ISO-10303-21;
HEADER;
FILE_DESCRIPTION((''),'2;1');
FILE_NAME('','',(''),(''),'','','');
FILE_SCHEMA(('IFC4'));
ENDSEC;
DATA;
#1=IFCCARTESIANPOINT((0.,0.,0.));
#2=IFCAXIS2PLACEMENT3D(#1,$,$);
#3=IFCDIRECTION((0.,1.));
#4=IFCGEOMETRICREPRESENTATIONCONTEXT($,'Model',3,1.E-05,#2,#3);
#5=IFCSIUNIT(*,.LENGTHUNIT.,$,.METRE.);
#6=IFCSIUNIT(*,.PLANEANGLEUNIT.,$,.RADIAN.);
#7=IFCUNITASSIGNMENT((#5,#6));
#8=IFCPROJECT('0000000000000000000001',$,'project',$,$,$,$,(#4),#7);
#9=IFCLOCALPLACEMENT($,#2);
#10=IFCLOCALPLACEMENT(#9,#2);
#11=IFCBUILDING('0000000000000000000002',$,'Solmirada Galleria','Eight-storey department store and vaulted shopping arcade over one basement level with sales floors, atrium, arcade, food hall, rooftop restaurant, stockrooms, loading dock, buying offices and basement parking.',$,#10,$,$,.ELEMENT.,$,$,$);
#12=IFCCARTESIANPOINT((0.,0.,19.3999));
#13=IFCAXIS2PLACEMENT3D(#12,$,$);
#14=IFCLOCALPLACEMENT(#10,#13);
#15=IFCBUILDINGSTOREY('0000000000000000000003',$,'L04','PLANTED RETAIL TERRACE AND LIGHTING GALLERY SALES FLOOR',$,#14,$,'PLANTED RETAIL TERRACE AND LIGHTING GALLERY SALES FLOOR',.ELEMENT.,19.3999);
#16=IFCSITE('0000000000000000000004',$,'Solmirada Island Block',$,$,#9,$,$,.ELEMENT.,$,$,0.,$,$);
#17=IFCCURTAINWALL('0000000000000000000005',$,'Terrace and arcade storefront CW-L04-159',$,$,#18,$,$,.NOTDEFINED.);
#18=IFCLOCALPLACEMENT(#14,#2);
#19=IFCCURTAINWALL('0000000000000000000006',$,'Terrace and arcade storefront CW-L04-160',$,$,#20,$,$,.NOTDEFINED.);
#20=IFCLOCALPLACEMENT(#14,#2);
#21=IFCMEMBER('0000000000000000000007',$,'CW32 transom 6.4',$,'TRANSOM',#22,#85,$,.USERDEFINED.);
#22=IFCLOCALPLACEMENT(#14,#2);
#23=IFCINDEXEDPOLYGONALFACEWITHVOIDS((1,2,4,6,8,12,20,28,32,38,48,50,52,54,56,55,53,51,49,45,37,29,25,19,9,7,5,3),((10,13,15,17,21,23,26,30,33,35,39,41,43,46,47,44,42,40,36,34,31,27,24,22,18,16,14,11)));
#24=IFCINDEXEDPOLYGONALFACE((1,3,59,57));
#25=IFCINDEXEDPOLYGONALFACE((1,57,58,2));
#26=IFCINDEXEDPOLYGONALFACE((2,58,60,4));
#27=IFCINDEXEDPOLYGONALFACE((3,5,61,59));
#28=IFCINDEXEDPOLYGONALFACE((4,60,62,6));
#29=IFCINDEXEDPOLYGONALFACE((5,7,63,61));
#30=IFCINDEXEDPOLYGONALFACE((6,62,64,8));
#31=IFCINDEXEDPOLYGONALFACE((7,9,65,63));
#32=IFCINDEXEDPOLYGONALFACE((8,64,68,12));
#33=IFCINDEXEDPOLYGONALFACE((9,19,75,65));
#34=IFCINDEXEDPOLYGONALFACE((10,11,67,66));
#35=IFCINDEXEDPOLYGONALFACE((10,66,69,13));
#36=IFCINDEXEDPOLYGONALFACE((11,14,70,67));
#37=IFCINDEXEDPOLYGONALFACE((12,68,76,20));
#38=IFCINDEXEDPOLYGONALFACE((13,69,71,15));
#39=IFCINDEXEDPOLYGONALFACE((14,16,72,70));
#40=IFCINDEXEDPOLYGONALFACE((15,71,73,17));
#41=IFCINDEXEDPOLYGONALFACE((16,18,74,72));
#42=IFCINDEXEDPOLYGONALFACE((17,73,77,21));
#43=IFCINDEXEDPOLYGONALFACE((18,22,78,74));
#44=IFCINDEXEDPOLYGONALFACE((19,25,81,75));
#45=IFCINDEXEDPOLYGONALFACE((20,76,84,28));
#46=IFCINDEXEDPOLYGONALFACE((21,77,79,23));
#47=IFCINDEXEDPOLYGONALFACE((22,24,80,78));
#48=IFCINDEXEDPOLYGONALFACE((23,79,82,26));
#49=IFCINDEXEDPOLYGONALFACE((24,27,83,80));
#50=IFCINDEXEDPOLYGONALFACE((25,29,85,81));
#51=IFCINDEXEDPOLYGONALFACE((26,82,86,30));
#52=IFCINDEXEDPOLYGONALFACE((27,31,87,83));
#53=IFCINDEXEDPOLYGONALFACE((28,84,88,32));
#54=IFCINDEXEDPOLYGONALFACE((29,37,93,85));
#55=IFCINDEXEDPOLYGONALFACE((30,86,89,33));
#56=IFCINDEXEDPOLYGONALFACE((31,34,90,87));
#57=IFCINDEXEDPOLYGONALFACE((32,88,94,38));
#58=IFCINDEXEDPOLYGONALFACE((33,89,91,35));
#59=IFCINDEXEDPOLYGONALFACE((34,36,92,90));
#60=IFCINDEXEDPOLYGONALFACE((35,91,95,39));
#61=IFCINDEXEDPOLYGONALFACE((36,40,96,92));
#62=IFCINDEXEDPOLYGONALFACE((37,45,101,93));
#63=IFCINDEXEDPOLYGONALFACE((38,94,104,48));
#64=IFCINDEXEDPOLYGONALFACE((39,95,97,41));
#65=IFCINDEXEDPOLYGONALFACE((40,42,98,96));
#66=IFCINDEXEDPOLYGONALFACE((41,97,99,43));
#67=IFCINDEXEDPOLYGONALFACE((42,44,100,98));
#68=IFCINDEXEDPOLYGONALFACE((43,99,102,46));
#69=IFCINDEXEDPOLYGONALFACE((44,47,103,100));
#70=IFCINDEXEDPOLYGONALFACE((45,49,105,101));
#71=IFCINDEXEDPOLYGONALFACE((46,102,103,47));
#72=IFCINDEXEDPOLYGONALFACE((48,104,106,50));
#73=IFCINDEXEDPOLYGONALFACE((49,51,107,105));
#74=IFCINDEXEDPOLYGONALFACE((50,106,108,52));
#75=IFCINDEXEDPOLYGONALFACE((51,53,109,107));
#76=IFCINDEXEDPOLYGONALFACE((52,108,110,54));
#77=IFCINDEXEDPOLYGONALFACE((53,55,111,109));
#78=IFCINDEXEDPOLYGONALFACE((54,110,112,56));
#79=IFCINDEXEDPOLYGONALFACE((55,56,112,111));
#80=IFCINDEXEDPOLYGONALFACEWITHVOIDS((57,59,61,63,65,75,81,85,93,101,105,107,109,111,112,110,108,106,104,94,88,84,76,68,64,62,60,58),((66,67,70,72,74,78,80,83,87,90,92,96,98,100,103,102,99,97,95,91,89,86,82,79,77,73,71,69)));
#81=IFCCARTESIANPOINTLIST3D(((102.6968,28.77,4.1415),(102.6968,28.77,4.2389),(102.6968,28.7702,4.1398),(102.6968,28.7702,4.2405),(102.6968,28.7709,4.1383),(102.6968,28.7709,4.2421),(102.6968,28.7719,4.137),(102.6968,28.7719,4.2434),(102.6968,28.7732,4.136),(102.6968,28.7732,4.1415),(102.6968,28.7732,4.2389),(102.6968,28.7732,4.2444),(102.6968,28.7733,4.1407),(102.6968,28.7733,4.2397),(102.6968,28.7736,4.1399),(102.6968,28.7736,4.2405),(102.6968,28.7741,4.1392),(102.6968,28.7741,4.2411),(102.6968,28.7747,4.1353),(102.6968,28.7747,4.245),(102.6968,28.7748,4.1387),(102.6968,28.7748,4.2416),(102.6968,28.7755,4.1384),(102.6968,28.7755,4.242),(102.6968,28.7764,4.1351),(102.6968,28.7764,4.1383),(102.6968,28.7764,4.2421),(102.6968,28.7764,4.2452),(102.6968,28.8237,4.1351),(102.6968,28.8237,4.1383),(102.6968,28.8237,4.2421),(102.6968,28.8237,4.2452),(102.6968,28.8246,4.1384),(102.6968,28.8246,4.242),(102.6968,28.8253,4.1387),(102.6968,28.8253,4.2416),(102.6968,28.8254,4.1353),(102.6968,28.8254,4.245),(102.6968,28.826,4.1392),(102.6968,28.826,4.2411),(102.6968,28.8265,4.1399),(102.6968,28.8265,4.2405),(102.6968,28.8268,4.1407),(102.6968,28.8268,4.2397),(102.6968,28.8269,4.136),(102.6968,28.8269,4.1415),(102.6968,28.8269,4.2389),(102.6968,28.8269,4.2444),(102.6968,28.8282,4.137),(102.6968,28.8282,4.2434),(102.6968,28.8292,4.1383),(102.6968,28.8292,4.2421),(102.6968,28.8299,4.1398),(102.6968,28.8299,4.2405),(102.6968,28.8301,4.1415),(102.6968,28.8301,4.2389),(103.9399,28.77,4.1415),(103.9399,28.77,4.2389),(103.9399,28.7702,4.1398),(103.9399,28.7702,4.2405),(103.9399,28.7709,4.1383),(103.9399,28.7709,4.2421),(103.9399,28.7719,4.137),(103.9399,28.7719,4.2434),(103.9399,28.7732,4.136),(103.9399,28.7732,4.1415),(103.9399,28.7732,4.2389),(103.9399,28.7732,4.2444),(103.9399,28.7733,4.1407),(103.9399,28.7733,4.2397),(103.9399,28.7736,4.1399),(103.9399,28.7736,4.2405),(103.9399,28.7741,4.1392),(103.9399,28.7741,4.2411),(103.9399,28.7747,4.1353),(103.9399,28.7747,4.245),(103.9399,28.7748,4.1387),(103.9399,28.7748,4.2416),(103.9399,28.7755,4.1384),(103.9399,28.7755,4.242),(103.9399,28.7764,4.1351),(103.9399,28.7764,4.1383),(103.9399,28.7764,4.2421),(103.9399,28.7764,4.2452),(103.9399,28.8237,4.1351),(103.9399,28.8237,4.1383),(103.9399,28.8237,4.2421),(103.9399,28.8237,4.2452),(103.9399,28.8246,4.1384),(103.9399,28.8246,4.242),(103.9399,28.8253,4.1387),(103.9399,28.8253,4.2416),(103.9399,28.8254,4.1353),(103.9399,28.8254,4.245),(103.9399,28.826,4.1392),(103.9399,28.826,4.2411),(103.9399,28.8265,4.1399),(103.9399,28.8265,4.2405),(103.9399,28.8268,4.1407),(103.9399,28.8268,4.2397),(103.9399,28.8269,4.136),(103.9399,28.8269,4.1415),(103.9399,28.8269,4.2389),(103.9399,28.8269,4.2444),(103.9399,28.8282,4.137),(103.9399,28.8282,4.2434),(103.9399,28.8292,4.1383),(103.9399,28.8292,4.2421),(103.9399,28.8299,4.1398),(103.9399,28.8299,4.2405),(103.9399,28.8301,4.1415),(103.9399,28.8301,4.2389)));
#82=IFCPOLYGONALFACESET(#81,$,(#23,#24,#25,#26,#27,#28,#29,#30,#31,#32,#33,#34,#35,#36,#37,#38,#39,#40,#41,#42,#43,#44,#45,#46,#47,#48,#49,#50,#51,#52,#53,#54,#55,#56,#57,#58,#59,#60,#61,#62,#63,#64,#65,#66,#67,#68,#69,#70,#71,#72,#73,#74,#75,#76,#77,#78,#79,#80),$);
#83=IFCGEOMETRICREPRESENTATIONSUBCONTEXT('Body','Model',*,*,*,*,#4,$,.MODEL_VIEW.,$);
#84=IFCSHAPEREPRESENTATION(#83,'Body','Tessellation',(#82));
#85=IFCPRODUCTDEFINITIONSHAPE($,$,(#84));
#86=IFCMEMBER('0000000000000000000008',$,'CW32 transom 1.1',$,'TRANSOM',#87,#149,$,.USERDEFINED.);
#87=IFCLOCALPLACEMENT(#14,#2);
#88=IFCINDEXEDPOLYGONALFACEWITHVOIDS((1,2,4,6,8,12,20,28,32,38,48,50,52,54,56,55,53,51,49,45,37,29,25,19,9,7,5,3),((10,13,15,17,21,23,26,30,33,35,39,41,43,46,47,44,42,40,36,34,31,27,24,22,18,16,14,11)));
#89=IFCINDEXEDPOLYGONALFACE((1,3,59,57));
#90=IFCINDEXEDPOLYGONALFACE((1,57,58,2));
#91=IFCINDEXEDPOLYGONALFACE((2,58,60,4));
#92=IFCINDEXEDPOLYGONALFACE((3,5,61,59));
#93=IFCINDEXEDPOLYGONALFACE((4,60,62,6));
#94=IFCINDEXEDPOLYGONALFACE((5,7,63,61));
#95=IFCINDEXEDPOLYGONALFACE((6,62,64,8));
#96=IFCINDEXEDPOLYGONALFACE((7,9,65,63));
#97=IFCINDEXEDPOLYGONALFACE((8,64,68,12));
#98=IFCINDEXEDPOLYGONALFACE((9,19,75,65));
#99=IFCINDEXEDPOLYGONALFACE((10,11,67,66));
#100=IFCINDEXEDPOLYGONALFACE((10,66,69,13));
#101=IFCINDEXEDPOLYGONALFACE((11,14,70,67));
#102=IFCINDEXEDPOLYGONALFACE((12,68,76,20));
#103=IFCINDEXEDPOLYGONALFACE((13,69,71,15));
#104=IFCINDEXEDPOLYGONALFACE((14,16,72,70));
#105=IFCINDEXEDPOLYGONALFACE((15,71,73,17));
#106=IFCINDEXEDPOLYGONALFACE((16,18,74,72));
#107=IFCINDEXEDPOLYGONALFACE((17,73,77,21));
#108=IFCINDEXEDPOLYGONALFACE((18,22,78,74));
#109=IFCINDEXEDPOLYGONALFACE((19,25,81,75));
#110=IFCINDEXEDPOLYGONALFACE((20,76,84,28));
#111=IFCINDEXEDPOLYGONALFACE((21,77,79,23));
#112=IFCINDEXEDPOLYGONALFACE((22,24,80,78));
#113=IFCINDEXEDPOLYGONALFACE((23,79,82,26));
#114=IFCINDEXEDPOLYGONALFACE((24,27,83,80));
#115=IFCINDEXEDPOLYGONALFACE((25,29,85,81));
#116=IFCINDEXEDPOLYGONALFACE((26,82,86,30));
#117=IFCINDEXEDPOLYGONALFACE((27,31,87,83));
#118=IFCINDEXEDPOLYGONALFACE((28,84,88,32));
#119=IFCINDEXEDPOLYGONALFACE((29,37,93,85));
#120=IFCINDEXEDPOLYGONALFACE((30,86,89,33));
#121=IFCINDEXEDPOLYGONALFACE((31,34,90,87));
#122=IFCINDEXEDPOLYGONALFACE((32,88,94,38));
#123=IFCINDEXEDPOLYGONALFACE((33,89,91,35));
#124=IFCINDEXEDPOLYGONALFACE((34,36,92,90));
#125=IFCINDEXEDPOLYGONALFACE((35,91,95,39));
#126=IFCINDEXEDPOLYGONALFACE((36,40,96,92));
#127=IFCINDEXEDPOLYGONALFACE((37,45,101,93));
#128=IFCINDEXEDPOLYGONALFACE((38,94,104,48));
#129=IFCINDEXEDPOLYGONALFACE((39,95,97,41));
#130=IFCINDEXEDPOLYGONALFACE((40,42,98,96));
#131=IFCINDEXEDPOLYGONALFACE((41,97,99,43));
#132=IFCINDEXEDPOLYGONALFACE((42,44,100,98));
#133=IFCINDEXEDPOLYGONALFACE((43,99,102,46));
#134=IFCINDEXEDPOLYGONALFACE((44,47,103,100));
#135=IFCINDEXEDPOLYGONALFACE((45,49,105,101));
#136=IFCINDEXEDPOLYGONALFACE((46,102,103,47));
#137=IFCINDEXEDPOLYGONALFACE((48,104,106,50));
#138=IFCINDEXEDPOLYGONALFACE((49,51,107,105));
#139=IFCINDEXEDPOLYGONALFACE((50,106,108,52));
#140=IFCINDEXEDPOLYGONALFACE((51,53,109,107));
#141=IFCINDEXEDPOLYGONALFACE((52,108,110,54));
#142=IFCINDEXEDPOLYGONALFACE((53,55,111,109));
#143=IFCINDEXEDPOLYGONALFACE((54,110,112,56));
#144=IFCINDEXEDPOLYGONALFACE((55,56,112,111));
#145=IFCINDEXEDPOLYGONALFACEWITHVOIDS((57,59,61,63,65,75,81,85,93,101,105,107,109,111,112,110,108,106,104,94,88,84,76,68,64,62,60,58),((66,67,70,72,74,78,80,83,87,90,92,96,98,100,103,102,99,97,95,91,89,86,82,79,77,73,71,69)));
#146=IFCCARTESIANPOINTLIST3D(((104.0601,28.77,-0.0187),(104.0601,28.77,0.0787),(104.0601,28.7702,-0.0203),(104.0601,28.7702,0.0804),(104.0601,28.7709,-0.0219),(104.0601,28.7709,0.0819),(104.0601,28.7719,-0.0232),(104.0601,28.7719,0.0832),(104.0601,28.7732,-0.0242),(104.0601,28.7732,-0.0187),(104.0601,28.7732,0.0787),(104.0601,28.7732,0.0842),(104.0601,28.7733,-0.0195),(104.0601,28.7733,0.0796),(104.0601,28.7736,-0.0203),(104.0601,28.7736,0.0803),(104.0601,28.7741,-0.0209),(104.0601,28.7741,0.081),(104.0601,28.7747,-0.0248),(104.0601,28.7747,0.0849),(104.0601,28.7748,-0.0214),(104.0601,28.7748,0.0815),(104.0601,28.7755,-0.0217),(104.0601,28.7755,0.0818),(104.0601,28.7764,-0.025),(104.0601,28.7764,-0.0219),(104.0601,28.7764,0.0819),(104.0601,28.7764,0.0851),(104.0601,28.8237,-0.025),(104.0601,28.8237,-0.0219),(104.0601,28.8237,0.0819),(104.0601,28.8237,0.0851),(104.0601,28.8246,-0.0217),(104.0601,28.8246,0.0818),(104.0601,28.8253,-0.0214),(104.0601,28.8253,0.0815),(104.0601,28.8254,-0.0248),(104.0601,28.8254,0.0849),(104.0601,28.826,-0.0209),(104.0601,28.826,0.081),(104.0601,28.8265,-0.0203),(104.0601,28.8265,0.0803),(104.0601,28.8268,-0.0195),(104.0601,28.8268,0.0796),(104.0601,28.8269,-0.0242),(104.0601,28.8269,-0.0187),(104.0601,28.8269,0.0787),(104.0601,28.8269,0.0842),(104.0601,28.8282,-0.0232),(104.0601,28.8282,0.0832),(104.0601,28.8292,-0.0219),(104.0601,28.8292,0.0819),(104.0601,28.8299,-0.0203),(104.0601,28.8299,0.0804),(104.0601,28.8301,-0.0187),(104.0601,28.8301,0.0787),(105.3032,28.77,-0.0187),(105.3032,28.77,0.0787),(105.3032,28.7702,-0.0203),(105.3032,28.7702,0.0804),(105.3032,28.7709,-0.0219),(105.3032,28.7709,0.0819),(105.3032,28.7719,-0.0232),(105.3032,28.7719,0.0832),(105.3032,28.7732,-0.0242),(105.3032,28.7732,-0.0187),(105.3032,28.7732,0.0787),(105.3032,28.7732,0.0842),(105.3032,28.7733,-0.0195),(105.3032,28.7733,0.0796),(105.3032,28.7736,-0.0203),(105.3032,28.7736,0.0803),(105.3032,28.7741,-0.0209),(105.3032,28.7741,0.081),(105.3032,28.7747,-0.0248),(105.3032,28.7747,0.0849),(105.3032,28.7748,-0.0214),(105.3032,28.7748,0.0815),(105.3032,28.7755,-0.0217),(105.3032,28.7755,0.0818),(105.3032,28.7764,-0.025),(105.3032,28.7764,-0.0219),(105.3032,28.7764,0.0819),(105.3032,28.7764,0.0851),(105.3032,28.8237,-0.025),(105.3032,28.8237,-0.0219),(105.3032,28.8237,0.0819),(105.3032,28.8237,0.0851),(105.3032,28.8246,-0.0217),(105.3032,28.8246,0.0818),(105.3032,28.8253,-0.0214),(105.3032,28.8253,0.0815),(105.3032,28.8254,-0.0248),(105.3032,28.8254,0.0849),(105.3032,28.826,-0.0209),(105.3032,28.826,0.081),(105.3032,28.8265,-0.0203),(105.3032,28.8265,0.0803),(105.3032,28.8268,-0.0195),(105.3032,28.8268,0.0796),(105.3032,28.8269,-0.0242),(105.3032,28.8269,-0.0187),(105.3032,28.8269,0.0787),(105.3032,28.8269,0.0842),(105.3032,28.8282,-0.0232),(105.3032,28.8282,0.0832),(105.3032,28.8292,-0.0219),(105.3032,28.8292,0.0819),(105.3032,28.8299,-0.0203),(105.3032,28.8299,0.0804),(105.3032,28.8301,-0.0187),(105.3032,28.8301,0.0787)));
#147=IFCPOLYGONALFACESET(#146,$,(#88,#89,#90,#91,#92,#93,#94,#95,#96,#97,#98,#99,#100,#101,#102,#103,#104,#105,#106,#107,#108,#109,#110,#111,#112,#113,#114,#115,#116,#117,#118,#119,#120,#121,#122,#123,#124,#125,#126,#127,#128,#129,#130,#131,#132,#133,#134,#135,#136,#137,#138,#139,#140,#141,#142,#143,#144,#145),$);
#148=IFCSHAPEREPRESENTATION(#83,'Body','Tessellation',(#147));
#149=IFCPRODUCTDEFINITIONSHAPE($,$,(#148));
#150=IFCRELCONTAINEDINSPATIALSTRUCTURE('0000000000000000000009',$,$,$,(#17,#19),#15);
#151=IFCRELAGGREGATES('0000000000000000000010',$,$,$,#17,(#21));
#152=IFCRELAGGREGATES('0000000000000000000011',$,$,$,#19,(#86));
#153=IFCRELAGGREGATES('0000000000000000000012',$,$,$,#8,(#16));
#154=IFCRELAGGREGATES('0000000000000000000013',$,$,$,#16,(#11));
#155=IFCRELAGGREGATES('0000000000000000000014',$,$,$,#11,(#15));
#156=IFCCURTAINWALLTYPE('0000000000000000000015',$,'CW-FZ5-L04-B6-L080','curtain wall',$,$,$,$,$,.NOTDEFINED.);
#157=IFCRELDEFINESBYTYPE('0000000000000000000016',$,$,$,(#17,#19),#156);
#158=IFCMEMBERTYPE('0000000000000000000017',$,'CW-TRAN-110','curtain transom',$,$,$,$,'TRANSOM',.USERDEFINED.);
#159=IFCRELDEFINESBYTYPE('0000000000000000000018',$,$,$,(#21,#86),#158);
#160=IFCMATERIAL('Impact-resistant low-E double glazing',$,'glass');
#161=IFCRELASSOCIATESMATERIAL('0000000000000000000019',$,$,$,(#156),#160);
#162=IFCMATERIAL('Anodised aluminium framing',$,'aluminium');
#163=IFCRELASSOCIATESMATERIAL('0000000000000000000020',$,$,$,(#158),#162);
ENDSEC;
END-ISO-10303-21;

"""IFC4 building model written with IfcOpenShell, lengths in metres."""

from ifc_helpers import new_model, si_unit, direction, frame, origin, origin_2d, place, context, subcontext, project, spatial, hollow_rectangle, extrude, material, material_profile, profile_set, type_object, element, aggregate, save


model = new_model("IFC4")

# Units and contexts
model_context = context("Model", 3, precision=1e-05, world=origin(), true_north=direction((0.0, 1.0)))
body_context = subcontext(model_context, "Body", "Model", "MODEL_VIEW")
ifc_project = project(units=[si_unit("LENGTHUNIT", "METRE"), si_unit("PLANEANGLEUNIT", "RADIAN")], contexts=[model_context])

# Site, building, storey
site_placement = place(None, origin())
site = spatial("IfcSite", under=ifc_project, at=site_placement, Name="Solmirada Island Block", CompositionType="ELEMENT", RefElevation=0.0)
building_placement = place(site_placement, origin())
building = spatial("IfcBuilding", under=site, at=building_placement, Name="Solmirada Galleria", Description="Eight-storey department store and vaulted shopping arcade over one basement level with sales floors, atrium, arcade, food hall, rooftop restaurant, stockrooms, loading dock, buying offices and basement parking.", CompositionType="ELEMENT")
storey_placement = place(building_placement, frame((0.0, 0.0, 19.3999)))
storey = spatial("IfcBuildingStorey", under=building, at=storey_placement, Name="L04", Description="PLANTED RETAIL TERRACE AND LIGHTING GALLERY SALES FLOOR", LongName="PLANTED RETAIL TERRACE AND LIGHTING GALLERY SALES FLOOR", CompositionType="ELEMENT", Elevation=19.3999)

# Curtain walls
ifc_material_1 = material(Name="Impact-resistant low-E double glazing", Category="glass")
curtain_wall_type = type_object("IfcCurtainWallType", Name="CW-FZ5-L04-B6-L080", Description="curtain wall", PredefinedType="NOTDEFINED", material=ifc_material_1)
curtain_wall_1_placement = place(storey_placement, origin())
curtain_wall_1 = element("IfcCurtainWall", 1, at=curtain_wall_1_placement, inside=storey, type_object=curtain_wall_type, Name="Terrace and arcade storefront CW-L04-159", PredefinedType="NOTDEFINED")
ifc_material_2 = material(Name="Anodised aluminium framing", Category="aluminium")
curtain_wall_2_placement = place(storey_placement, origin())
curtain_wall_2 = element("IfcCurtainWall", 2, at=curtain_wall_2_placement, inside=storey, type_object=curtain_wall_type, Name="Terrace and arcade storefront CW-L04-160", PredefinedType="NOTDEFINED")

# Members
ifc_material_profile_1 = material_profile(ifc_material_2, hollow_rectangle(XDim=0.0601, YDim=0.1101, WallThickness=0.0032, InnerFilletRadius=0.0032, OuterFilletRadius=0.0063, at=origin_2d()), Name="ALU-TRAN-110X60")
ifc_profile_set_1 = profile_set([ifc_material_profile_1], Name="Anodised aluminium framing")
member_type_1 = type_object("IfcMemberType", Name="CW-TRAN-110", Description="curtain transom", ElementType="TRANSOM", PredefinedType="USERDEFINED", material=ifc_profile_set_1)
member_1_placement = place(storey_placement, frame((102.6968, 28.8, 4.1902), z_axis=(1.0, 0.0, 0.0), x_axis=(0.0, 1.0, 0.0)))
member_1 = element("IfcMember", 3, at=member_1_placement, type_object=member_type_1, Name="CW32 transom 6.4", ObjectType="TRANSOM", PredefinedType="USERDEFINED", context=body_context, shape_type="SweptSolid", body=[
    extrude(hollow_rectangle(XDim=0.0601, YDim=0.1101, WallThickness=0.0032, InnerFilletRadius=0.0032, OuterFilletRadius=0.0063, at=origin_2d()), origin(), (0.0, 0.0, 1.0), 1.2432),
])
member_2_placement = place(storey_placement, frame((104.0601, 28.8, 0.03), z_axis=(1.0, 0.0, 0.0), x_axis=(0.0, 1.0, 0.0)))
member_2 = element("IfcMember", 4, at=member_2_placement, type_object=member_type_1, Name="CW32 transom 1.1", ObjectType="TRANSOM", PredefinedType="USERDEFINED", context=body_context, shape_type="SweptSolid", body=[
    extrude(hollow_rectangle(XDim=0.0601, YDim=0.1101, WallThickness=0.0032, InnerFilletRadius=0.0032, OuterFilletRadius=0.0063, at=origin_2d()), origin(), (0.0, 0.0, 1.0), 1.2432),
])

aggregate(curtain_wall_1, [member_1])
aggregate(curtain_wall_2, [member_2])

save(model, "model.ifc")
